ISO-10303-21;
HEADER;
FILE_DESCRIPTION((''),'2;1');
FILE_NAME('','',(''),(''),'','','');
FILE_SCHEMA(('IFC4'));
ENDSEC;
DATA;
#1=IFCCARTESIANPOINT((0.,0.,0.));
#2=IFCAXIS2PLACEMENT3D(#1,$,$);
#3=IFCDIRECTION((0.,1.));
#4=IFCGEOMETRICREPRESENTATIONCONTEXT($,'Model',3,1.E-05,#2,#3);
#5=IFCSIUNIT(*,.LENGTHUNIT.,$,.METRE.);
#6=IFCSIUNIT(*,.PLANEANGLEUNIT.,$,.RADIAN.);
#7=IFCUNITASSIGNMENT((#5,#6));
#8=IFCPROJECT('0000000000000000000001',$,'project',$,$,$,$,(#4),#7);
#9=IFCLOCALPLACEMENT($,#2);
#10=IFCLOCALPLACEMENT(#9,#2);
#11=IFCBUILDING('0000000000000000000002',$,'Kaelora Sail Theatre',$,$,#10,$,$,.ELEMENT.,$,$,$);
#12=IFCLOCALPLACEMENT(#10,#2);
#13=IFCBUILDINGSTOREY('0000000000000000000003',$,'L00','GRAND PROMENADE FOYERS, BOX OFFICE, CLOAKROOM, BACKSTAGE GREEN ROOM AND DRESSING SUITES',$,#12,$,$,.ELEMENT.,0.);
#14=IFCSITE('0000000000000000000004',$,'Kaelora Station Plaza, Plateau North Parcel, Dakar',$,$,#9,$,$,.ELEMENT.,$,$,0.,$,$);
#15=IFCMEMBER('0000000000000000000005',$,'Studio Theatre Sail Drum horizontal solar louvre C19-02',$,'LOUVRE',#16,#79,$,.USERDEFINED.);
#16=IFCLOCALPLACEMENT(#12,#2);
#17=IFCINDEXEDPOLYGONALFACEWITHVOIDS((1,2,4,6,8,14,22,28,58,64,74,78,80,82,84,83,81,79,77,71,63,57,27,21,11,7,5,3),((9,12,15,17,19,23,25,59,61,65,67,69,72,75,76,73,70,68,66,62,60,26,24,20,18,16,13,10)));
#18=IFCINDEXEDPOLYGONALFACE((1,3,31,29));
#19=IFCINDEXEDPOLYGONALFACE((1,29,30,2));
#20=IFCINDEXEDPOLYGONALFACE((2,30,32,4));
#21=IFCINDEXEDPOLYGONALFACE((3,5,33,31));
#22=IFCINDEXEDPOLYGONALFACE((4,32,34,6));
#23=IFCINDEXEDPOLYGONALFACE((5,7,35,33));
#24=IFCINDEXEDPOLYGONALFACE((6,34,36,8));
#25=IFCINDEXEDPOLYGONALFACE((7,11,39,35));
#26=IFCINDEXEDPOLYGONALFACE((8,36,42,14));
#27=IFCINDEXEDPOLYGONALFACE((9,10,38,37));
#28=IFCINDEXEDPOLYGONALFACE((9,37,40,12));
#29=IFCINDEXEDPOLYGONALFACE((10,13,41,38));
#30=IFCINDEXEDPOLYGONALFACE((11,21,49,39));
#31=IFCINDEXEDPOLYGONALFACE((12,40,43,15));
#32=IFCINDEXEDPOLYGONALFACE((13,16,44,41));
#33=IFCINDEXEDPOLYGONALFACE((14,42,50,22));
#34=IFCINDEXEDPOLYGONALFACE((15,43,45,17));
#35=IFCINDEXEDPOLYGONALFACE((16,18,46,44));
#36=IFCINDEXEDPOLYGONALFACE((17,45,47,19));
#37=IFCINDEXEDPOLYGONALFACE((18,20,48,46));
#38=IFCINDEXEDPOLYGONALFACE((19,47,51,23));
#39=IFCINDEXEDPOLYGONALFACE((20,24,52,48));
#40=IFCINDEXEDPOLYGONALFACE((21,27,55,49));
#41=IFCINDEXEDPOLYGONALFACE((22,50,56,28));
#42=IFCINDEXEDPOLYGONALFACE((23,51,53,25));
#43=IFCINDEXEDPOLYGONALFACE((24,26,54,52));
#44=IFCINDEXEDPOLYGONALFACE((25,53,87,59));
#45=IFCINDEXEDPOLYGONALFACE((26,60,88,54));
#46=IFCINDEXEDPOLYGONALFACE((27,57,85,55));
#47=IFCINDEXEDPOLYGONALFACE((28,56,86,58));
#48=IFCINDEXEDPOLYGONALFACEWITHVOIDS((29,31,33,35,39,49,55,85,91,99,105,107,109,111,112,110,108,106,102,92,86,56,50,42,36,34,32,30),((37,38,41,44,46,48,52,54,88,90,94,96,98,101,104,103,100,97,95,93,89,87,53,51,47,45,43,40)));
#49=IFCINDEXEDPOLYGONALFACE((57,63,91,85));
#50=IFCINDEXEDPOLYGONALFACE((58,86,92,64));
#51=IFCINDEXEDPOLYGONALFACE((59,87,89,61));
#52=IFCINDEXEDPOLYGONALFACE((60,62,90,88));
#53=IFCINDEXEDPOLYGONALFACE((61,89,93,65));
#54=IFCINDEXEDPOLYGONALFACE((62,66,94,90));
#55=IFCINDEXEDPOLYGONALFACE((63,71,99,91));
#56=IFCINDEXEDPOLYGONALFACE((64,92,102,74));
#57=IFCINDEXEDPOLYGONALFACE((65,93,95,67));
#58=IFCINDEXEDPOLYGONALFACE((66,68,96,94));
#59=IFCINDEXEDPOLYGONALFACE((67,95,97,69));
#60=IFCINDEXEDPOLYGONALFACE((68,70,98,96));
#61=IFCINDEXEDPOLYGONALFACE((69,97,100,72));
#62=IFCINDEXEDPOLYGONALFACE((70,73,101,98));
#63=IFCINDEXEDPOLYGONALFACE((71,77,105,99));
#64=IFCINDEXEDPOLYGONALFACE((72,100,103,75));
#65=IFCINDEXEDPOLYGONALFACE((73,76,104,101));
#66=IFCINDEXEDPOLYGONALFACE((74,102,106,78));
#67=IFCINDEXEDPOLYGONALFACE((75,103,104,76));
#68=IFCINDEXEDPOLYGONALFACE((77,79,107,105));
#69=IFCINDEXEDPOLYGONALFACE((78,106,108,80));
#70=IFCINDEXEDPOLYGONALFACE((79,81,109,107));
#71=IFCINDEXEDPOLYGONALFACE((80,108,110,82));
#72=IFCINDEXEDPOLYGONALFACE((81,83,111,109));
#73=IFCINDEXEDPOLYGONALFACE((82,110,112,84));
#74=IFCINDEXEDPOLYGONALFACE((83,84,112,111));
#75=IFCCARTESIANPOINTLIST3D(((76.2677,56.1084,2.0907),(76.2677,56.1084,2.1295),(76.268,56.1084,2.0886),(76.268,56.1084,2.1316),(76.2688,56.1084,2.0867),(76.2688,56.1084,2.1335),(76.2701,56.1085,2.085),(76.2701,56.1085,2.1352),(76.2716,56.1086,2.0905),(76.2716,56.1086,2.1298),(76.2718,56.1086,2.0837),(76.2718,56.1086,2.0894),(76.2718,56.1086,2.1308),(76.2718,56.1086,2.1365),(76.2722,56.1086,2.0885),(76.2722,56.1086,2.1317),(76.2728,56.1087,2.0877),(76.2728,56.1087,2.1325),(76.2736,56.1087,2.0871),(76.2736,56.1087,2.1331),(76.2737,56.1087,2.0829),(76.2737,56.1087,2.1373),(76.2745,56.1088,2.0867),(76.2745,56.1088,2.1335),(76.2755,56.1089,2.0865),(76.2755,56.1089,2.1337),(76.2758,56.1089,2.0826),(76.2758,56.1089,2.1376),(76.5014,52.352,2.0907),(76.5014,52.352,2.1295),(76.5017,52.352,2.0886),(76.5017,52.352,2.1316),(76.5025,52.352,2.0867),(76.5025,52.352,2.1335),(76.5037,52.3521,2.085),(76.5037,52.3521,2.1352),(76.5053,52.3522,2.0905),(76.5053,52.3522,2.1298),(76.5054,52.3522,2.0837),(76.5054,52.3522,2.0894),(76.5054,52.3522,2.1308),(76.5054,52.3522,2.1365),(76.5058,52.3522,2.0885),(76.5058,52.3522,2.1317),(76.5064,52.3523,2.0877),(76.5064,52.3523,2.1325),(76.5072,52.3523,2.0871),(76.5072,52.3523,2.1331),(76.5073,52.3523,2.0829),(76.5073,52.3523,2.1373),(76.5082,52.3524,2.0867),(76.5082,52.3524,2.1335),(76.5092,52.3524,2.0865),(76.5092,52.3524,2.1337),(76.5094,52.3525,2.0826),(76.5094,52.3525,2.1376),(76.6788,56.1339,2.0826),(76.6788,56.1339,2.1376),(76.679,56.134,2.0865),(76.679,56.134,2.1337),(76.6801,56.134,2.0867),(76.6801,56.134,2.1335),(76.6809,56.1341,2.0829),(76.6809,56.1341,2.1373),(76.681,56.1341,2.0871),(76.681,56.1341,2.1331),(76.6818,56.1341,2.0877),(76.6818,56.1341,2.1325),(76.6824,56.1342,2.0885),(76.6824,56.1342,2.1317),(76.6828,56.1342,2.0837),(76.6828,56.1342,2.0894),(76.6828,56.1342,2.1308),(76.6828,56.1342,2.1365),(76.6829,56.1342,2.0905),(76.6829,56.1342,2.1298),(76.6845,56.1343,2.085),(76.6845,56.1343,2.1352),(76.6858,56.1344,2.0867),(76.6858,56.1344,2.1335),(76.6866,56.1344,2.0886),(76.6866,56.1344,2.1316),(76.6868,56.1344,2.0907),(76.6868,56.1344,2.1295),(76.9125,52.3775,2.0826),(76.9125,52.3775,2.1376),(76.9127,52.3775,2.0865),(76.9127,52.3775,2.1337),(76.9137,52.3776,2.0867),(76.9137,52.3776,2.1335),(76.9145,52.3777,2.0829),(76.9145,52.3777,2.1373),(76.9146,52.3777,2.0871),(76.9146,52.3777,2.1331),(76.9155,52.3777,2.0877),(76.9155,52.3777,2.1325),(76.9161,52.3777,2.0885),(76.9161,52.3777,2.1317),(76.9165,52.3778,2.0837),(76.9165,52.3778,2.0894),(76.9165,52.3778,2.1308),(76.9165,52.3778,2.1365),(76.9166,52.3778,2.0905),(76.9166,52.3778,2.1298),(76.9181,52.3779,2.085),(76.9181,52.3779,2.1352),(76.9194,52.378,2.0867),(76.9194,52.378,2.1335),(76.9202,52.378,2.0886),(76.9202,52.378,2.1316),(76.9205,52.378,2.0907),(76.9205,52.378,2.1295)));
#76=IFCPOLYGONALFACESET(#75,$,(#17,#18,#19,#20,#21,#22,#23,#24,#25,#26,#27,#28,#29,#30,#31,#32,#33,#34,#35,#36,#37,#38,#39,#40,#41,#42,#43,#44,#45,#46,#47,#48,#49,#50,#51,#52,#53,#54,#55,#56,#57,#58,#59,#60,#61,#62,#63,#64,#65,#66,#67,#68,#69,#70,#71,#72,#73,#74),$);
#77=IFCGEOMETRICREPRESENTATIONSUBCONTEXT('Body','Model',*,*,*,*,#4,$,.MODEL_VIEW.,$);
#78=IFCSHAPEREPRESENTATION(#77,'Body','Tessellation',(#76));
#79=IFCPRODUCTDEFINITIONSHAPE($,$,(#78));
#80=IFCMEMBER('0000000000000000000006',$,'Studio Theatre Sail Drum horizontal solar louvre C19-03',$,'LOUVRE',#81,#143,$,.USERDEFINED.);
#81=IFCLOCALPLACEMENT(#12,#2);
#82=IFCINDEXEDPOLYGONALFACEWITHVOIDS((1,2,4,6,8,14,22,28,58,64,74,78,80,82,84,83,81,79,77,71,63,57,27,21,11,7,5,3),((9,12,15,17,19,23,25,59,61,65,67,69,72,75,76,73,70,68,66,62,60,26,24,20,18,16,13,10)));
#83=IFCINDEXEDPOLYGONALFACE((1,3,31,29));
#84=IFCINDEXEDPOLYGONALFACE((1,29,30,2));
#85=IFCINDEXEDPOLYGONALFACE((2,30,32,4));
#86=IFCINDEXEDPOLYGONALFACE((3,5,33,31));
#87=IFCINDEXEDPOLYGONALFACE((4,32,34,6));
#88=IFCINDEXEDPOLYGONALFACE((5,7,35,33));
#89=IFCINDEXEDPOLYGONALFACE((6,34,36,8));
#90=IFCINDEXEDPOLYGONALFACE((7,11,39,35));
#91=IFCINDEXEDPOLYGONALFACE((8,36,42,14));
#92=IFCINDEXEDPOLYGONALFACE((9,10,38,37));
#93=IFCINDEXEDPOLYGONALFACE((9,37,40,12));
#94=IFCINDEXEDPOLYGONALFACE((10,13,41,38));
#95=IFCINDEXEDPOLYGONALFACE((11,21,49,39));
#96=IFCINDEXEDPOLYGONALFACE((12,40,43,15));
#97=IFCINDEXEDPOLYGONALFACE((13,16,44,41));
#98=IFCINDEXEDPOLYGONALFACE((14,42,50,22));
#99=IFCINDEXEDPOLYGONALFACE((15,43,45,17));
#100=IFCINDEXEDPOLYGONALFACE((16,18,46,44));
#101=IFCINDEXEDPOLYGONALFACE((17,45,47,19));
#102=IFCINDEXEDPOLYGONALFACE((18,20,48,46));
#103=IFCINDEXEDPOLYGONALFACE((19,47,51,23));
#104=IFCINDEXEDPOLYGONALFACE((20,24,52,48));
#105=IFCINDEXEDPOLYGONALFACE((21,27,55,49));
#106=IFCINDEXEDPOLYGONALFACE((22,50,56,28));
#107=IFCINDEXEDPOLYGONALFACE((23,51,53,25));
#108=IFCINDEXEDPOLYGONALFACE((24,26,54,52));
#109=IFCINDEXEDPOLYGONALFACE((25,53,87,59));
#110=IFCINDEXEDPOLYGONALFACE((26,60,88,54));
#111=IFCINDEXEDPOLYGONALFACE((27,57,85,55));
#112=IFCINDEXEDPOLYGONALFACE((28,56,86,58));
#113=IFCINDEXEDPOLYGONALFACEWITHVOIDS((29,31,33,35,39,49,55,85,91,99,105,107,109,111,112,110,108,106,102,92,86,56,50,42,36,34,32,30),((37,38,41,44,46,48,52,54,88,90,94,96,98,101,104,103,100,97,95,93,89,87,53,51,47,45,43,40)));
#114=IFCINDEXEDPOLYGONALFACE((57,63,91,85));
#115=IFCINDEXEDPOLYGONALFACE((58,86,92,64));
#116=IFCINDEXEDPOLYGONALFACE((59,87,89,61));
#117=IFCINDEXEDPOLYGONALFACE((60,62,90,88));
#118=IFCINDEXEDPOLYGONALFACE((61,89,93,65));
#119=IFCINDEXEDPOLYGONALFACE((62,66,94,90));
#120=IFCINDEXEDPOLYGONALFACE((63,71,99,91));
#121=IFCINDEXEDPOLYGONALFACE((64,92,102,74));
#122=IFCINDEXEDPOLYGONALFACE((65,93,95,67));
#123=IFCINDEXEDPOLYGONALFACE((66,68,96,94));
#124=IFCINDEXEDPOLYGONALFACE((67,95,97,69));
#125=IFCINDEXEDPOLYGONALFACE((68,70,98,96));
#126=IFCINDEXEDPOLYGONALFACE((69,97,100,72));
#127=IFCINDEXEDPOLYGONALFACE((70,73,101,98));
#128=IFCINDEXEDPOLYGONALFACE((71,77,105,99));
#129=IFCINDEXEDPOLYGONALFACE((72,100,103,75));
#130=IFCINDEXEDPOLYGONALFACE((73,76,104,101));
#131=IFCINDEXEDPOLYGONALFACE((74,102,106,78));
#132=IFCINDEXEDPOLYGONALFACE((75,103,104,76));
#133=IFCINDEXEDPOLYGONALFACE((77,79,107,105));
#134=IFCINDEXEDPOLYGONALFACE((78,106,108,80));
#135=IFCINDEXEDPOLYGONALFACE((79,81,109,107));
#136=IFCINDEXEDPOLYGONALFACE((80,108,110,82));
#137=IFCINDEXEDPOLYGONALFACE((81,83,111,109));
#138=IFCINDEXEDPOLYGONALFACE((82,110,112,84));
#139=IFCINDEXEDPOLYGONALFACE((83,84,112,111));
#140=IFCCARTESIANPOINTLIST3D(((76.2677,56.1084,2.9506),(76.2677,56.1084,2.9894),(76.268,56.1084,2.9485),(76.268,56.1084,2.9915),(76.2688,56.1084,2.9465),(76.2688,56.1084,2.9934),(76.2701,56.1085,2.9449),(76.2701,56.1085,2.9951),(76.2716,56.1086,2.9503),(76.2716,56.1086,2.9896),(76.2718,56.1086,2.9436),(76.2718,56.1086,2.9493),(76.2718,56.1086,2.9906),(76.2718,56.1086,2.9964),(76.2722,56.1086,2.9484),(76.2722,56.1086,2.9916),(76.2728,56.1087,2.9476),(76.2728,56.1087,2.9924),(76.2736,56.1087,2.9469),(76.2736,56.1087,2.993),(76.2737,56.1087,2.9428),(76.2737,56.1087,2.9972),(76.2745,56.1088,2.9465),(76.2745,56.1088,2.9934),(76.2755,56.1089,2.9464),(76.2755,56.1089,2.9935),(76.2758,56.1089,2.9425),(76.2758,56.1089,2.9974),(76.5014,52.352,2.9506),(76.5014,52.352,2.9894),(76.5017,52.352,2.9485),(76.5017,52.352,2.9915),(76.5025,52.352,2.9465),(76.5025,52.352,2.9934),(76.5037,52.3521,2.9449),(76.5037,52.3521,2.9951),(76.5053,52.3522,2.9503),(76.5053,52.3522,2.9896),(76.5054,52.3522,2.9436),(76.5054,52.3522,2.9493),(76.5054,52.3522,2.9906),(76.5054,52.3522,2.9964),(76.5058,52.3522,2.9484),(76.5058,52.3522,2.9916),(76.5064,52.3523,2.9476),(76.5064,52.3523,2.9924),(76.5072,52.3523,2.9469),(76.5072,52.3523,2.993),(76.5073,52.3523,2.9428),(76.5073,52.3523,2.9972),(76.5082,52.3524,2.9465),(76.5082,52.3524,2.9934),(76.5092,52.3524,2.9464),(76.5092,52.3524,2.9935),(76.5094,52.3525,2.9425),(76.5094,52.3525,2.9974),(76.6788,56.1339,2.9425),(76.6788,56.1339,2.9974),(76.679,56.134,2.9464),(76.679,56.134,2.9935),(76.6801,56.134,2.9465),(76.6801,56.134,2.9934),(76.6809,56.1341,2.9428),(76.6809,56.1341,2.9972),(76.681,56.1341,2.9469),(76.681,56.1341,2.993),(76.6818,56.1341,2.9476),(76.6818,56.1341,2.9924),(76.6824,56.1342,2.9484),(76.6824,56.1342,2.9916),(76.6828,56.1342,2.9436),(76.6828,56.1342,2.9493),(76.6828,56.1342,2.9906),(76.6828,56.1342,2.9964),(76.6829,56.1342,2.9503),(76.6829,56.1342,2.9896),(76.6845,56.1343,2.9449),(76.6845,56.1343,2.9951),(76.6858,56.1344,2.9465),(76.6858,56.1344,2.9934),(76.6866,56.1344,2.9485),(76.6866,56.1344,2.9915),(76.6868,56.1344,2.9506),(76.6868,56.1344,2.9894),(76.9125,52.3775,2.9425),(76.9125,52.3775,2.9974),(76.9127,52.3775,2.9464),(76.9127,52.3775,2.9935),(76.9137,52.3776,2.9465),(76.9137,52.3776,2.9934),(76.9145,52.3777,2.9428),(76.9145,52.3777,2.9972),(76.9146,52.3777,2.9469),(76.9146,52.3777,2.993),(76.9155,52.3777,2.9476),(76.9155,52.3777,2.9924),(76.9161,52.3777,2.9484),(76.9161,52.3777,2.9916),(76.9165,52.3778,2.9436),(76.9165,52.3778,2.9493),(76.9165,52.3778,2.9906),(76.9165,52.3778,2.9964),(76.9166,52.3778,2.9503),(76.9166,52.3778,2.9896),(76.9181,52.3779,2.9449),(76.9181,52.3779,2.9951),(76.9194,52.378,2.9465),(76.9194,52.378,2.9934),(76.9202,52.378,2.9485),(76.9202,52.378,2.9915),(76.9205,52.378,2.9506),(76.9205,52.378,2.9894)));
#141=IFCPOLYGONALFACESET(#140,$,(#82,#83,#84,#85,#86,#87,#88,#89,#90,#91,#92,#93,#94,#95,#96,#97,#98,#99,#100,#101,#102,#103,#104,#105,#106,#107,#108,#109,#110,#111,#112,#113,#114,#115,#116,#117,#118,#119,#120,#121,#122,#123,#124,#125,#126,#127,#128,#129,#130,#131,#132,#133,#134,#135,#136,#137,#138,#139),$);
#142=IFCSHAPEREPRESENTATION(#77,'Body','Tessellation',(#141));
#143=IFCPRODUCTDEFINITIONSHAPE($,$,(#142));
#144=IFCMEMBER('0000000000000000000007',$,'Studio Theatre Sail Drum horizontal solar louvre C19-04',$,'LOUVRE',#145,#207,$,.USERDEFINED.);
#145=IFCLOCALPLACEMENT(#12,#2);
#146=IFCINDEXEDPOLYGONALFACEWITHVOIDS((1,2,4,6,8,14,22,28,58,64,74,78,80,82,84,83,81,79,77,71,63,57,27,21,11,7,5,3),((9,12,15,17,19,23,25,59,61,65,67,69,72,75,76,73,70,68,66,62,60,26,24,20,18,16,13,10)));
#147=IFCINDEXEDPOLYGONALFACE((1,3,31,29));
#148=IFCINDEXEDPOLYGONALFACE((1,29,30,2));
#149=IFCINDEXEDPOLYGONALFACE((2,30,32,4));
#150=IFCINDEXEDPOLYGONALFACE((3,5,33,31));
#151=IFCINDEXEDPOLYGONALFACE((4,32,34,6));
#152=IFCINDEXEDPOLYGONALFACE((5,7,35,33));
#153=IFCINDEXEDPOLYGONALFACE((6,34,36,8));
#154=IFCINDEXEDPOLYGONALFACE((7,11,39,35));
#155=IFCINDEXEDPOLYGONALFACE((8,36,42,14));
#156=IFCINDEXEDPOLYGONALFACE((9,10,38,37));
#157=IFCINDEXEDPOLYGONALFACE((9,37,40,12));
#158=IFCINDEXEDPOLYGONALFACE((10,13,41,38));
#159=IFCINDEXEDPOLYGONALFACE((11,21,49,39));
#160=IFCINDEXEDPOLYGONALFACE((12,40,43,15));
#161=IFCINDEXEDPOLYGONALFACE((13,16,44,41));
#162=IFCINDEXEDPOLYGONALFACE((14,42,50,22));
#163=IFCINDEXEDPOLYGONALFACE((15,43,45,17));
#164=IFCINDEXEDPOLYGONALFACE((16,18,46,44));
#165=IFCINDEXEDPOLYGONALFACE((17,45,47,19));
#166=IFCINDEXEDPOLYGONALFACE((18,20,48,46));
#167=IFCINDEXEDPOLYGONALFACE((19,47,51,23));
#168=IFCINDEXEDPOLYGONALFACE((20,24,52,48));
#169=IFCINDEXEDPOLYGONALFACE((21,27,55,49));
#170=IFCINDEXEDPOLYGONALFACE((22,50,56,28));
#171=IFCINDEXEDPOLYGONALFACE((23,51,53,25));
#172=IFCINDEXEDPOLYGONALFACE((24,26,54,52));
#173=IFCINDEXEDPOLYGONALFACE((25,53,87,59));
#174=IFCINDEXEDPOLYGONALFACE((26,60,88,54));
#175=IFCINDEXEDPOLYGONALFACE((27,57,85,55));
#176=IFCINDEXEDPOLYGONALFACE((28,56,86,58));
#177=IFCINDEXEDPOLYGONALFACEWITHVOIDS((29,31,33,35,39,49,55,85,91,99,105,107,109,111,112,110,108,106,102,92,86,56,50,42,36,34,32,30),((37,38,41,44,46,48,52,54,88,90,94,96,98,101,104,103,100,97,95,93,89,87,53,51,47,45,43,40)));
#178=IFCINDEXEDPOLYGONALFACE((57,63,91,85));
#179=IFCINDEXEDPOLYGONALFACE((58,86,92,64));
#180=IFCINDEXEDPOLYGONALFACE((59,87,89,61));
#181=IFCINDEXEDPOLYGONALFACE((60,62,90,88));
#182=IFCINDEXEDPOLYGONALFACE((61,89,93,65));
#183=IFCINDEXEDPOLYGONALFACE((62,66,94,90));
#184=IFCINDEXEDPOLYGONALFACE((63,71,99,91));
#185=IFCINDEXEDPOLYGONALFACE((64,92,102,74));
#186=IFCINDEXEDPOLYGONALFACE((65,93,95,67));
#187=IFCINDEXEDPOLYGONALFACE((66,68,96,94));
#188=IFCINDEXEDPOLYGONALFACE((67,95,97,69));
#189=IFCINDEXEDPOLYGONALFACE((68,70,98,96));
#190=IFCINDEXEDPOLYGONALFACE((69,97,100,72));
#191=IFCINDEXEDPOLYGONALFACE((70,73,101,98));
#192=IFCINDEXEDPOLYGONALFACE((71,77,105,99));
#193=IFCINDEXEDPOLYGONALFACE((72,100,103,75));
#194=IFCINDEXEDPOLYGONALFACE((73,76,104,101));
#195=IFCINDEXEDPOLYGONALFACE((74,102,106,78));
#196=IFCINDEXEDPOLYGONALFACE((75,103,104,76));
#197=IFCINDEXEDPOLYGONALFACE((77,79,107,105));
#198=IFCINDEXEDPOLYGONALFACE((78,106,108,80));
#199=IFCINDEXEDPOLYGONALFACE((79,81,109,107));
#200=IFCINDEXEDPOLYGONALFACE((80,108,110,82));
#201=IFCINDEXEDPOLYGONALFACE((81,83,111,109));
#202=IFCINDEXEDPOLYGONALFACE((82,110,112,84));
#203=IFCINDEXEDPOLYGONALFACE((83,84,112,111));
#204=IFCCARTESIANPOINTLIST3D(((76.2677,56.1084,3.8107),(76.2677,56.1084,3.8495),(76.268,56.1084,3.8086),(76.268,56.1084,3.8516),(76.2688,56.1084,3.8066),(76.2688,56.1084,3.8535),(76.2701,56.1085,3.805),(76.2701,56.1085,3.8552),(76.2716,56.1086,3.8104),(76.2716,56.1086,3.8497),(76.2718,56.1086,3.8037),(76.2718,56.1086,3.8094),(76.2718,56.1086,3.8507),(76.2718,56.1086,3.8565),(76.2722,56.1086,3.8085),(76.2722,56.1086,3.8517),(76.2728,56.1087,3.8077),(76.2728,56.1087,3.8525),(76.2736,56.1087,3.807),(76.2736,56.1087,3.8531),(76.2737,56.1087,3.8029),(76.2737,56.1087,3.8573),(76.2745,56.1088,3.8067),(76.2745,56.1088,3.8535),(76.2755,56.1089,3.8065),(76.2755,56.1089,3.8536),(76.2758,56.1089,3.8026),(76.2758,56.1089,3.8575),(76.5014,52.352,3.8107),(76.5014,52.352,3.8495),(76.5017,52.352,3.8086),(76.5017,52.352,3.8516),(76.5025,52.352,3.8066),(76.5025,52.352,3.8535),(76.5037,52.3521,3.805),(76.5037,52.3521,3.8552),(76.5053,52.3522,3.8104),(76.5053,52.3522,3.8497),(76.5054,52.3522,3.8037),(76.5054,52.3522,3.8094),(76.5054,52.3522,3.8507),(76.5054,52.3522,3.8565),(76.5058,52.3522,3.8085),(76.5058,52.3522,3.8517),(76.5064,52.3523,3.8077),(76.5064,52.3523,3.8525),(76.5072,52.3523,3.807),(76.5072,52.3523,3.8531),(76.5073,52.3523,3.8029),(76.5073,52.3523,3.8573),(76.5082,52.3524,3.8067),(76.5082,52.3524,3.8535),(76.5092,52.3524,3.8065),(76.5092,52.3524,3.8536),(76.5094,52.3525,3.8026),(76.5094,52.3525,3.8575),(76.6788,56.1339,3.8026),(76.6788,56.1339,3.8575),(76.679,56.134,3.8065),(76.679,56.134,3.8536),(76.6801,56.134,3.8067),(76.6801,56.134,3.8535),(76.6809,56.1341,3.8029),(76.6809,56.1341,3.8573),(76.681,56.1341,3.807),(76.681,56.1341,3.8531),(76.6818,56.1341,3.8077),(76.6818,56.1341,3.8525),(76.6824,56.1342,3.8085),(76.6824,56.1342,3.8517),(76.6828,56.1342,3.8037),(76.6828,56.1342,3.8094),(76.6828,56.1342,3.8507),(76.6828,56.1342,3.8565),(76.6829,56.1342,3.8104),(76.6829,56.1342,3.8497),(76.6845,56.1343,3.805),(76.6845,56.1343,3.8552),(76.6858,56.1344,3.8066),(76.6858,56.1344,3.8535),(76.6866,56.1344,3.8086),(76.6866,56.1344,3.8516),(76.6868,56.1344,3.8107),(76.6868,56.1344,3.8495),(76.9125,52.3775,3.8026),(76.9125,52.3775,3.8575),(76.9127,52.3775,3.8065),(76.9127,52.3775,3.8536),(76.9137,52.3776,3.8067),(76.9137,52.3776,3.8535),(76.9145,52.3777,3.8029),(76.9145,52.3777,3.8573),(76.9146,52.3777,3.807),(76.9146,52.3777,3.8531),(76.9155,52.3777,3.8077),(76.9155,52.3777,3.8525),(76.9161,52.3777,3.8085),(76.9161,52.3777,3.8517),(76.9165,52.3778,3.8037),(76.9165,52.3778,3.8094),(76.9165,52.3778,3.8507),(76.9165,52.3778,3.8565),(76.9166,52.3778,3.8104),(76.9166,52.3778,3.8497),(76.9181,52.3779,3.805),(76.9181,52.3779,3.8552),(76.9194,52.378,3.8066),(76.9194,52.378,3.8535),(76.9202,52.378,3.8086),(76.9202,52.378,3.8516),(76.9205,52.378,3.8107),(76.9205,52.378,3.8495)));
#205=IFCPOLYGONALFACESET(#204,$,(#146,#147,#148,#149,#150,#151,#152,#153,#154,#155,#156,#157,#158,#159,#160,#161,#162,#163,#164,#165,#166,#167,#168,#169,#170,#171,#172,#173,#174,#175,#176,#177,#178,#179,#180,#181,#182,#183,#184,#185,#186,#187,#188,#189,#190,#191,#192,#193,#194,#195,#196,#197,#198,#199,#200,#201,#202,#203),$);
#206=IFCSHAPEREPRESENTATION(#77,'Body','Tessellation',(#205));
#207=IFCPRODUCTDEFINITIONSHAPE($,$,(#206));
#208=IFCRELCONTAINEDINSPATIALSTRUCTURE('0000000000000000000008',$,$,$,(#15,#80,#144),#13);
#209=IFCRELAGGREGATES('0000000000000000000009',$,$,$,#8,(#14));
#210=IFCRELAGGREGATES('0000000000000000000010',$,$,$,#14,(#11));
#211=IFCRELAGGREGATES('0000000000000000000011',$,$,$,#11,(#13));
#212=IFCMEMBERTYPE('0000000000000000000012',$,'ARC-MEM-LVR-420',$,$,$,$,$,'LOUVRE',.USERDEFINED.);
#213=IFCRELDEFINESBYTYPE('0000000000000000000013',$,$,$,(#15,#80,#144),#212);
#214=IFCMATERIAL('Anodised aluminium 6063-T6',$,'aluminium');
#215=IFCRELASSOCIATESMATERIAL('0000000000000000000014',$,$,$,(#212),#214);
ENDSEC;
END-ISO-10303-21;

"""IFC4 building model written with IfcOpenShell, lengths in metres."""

from ifc_helpers import new_model, si_unit, direction, frame, origin, origin_2d, place, context, subcontext, project, spatial, hollow_rectangle, extrude, material, material_profile, profile_set, type_object, element, save


model = new_model("IFC4")

# Units and contexts
model_context = context("Model", 3, precision=1e-05, world=origin(), true_north=direction((0.0, 1.0)))
body_context = subcontext(model_context, "Body", "Model", "MODEL_VIEW")
ifc_project = project(units=[si_unit("LENGTHUNIT", "METRE"), si_unit("PLANEANGLEUNIT", "RADIAN")], contexts=[model_context])

# Site, building, storey
site_placement = place(None, origin())
site = spatial("IfcSite", under=ifc_project, at=site_placement, Name="Kaelora Station Plaza, Plateau North Parcel, Dakar", CompositionType="ELEMENT", RefElevation=0.0)
building_placement = place(site_placement, origin())
building = spatial("IfcBuilding", under=site, at=building_placement, Name="Kaelora Sail Theatre", CompositionType="ELEMENT")
storey_placement = place(building_placement, origin())
storey = spatial("IfcBuildingStorey", under=building, at=storey_placement, Name="L00", Description="GRAND PROMENADE FOYERS, BOX OFFICE, CLOAKROOM, BACKSTAGE GREEN ROOM AND DRESSING SUITES", CompositionType="ELEMENT", Elevation=0.0)

# Members
ifc_material_1 = material(Name="Anodised aluminium 6063-T6", Category="aluminium")
ifc_material_profile_1 = material_profile(ifc_material_1, hollow_rectangle(XDim=0.4199, YDim=0.0549, WallThickness=0.0039, InnerFilletRadius=0.0039, OuterFilletRadius=0.0081, at=origin_2d()), Name="LOUVRE 420x55x4")
ifc_profile_set_1 = profile_set([ifc_material_profile_1], Name="Anodised aluminium 6063-T6")
member_type_1 = type_object("IfcMemberType", Name="ARC-MEM-LVR-420", ElementType="LOUVRE", PredefinedType="USERDEFINED", material=ifc_profile_set_1)
for number, where, z_axis, x_axis, name in (
    (1, (76.7109, 52.365, 2.1101), (-0.062079, 0.998071, 0.0), (-0.998071, -0.062079, 0.0), "Studio Theatre Sail Drum horizontal solar louvre C19-02"),
    (2, (76.7109, 52.365, 2.97), (-0.062079, 0.998071, 0.0), (-0.998071, -0.062079, 0.0), "Studio Theatre Sail Drum horizontal solar louvre C19-03"),
    (3, (76.7109, 52.365, 3.8301), (-0.062079, 0.998071, 0.0), (-0.998071, -0.062079, 0.0), "Studio Theatre Sail Drum horizontal solar louvre C19-04"),
):
    element("IfcMember", number, at=place(storey_placement, frame(where, z_axis=z_axis, x_axis=x_axis)), inside=storey, type_object=member_type_1, Name=name, ObjectType="LOUVRE", PredefinedType="USERDEFINED", context=body_context, shape_type="SweptSolid", body=[
        extrude(hollow_rectangle(XDim=0.4199, YDim=0.0549, WallThickness=0.0039, InnerFilletRadius=0.0039, OuterFilletRadius=0.0081, at=origin_2d()), origin(), (0.0, 0.0, 1.0), 3.7637),
    ])

save(model, "model.ifc")
